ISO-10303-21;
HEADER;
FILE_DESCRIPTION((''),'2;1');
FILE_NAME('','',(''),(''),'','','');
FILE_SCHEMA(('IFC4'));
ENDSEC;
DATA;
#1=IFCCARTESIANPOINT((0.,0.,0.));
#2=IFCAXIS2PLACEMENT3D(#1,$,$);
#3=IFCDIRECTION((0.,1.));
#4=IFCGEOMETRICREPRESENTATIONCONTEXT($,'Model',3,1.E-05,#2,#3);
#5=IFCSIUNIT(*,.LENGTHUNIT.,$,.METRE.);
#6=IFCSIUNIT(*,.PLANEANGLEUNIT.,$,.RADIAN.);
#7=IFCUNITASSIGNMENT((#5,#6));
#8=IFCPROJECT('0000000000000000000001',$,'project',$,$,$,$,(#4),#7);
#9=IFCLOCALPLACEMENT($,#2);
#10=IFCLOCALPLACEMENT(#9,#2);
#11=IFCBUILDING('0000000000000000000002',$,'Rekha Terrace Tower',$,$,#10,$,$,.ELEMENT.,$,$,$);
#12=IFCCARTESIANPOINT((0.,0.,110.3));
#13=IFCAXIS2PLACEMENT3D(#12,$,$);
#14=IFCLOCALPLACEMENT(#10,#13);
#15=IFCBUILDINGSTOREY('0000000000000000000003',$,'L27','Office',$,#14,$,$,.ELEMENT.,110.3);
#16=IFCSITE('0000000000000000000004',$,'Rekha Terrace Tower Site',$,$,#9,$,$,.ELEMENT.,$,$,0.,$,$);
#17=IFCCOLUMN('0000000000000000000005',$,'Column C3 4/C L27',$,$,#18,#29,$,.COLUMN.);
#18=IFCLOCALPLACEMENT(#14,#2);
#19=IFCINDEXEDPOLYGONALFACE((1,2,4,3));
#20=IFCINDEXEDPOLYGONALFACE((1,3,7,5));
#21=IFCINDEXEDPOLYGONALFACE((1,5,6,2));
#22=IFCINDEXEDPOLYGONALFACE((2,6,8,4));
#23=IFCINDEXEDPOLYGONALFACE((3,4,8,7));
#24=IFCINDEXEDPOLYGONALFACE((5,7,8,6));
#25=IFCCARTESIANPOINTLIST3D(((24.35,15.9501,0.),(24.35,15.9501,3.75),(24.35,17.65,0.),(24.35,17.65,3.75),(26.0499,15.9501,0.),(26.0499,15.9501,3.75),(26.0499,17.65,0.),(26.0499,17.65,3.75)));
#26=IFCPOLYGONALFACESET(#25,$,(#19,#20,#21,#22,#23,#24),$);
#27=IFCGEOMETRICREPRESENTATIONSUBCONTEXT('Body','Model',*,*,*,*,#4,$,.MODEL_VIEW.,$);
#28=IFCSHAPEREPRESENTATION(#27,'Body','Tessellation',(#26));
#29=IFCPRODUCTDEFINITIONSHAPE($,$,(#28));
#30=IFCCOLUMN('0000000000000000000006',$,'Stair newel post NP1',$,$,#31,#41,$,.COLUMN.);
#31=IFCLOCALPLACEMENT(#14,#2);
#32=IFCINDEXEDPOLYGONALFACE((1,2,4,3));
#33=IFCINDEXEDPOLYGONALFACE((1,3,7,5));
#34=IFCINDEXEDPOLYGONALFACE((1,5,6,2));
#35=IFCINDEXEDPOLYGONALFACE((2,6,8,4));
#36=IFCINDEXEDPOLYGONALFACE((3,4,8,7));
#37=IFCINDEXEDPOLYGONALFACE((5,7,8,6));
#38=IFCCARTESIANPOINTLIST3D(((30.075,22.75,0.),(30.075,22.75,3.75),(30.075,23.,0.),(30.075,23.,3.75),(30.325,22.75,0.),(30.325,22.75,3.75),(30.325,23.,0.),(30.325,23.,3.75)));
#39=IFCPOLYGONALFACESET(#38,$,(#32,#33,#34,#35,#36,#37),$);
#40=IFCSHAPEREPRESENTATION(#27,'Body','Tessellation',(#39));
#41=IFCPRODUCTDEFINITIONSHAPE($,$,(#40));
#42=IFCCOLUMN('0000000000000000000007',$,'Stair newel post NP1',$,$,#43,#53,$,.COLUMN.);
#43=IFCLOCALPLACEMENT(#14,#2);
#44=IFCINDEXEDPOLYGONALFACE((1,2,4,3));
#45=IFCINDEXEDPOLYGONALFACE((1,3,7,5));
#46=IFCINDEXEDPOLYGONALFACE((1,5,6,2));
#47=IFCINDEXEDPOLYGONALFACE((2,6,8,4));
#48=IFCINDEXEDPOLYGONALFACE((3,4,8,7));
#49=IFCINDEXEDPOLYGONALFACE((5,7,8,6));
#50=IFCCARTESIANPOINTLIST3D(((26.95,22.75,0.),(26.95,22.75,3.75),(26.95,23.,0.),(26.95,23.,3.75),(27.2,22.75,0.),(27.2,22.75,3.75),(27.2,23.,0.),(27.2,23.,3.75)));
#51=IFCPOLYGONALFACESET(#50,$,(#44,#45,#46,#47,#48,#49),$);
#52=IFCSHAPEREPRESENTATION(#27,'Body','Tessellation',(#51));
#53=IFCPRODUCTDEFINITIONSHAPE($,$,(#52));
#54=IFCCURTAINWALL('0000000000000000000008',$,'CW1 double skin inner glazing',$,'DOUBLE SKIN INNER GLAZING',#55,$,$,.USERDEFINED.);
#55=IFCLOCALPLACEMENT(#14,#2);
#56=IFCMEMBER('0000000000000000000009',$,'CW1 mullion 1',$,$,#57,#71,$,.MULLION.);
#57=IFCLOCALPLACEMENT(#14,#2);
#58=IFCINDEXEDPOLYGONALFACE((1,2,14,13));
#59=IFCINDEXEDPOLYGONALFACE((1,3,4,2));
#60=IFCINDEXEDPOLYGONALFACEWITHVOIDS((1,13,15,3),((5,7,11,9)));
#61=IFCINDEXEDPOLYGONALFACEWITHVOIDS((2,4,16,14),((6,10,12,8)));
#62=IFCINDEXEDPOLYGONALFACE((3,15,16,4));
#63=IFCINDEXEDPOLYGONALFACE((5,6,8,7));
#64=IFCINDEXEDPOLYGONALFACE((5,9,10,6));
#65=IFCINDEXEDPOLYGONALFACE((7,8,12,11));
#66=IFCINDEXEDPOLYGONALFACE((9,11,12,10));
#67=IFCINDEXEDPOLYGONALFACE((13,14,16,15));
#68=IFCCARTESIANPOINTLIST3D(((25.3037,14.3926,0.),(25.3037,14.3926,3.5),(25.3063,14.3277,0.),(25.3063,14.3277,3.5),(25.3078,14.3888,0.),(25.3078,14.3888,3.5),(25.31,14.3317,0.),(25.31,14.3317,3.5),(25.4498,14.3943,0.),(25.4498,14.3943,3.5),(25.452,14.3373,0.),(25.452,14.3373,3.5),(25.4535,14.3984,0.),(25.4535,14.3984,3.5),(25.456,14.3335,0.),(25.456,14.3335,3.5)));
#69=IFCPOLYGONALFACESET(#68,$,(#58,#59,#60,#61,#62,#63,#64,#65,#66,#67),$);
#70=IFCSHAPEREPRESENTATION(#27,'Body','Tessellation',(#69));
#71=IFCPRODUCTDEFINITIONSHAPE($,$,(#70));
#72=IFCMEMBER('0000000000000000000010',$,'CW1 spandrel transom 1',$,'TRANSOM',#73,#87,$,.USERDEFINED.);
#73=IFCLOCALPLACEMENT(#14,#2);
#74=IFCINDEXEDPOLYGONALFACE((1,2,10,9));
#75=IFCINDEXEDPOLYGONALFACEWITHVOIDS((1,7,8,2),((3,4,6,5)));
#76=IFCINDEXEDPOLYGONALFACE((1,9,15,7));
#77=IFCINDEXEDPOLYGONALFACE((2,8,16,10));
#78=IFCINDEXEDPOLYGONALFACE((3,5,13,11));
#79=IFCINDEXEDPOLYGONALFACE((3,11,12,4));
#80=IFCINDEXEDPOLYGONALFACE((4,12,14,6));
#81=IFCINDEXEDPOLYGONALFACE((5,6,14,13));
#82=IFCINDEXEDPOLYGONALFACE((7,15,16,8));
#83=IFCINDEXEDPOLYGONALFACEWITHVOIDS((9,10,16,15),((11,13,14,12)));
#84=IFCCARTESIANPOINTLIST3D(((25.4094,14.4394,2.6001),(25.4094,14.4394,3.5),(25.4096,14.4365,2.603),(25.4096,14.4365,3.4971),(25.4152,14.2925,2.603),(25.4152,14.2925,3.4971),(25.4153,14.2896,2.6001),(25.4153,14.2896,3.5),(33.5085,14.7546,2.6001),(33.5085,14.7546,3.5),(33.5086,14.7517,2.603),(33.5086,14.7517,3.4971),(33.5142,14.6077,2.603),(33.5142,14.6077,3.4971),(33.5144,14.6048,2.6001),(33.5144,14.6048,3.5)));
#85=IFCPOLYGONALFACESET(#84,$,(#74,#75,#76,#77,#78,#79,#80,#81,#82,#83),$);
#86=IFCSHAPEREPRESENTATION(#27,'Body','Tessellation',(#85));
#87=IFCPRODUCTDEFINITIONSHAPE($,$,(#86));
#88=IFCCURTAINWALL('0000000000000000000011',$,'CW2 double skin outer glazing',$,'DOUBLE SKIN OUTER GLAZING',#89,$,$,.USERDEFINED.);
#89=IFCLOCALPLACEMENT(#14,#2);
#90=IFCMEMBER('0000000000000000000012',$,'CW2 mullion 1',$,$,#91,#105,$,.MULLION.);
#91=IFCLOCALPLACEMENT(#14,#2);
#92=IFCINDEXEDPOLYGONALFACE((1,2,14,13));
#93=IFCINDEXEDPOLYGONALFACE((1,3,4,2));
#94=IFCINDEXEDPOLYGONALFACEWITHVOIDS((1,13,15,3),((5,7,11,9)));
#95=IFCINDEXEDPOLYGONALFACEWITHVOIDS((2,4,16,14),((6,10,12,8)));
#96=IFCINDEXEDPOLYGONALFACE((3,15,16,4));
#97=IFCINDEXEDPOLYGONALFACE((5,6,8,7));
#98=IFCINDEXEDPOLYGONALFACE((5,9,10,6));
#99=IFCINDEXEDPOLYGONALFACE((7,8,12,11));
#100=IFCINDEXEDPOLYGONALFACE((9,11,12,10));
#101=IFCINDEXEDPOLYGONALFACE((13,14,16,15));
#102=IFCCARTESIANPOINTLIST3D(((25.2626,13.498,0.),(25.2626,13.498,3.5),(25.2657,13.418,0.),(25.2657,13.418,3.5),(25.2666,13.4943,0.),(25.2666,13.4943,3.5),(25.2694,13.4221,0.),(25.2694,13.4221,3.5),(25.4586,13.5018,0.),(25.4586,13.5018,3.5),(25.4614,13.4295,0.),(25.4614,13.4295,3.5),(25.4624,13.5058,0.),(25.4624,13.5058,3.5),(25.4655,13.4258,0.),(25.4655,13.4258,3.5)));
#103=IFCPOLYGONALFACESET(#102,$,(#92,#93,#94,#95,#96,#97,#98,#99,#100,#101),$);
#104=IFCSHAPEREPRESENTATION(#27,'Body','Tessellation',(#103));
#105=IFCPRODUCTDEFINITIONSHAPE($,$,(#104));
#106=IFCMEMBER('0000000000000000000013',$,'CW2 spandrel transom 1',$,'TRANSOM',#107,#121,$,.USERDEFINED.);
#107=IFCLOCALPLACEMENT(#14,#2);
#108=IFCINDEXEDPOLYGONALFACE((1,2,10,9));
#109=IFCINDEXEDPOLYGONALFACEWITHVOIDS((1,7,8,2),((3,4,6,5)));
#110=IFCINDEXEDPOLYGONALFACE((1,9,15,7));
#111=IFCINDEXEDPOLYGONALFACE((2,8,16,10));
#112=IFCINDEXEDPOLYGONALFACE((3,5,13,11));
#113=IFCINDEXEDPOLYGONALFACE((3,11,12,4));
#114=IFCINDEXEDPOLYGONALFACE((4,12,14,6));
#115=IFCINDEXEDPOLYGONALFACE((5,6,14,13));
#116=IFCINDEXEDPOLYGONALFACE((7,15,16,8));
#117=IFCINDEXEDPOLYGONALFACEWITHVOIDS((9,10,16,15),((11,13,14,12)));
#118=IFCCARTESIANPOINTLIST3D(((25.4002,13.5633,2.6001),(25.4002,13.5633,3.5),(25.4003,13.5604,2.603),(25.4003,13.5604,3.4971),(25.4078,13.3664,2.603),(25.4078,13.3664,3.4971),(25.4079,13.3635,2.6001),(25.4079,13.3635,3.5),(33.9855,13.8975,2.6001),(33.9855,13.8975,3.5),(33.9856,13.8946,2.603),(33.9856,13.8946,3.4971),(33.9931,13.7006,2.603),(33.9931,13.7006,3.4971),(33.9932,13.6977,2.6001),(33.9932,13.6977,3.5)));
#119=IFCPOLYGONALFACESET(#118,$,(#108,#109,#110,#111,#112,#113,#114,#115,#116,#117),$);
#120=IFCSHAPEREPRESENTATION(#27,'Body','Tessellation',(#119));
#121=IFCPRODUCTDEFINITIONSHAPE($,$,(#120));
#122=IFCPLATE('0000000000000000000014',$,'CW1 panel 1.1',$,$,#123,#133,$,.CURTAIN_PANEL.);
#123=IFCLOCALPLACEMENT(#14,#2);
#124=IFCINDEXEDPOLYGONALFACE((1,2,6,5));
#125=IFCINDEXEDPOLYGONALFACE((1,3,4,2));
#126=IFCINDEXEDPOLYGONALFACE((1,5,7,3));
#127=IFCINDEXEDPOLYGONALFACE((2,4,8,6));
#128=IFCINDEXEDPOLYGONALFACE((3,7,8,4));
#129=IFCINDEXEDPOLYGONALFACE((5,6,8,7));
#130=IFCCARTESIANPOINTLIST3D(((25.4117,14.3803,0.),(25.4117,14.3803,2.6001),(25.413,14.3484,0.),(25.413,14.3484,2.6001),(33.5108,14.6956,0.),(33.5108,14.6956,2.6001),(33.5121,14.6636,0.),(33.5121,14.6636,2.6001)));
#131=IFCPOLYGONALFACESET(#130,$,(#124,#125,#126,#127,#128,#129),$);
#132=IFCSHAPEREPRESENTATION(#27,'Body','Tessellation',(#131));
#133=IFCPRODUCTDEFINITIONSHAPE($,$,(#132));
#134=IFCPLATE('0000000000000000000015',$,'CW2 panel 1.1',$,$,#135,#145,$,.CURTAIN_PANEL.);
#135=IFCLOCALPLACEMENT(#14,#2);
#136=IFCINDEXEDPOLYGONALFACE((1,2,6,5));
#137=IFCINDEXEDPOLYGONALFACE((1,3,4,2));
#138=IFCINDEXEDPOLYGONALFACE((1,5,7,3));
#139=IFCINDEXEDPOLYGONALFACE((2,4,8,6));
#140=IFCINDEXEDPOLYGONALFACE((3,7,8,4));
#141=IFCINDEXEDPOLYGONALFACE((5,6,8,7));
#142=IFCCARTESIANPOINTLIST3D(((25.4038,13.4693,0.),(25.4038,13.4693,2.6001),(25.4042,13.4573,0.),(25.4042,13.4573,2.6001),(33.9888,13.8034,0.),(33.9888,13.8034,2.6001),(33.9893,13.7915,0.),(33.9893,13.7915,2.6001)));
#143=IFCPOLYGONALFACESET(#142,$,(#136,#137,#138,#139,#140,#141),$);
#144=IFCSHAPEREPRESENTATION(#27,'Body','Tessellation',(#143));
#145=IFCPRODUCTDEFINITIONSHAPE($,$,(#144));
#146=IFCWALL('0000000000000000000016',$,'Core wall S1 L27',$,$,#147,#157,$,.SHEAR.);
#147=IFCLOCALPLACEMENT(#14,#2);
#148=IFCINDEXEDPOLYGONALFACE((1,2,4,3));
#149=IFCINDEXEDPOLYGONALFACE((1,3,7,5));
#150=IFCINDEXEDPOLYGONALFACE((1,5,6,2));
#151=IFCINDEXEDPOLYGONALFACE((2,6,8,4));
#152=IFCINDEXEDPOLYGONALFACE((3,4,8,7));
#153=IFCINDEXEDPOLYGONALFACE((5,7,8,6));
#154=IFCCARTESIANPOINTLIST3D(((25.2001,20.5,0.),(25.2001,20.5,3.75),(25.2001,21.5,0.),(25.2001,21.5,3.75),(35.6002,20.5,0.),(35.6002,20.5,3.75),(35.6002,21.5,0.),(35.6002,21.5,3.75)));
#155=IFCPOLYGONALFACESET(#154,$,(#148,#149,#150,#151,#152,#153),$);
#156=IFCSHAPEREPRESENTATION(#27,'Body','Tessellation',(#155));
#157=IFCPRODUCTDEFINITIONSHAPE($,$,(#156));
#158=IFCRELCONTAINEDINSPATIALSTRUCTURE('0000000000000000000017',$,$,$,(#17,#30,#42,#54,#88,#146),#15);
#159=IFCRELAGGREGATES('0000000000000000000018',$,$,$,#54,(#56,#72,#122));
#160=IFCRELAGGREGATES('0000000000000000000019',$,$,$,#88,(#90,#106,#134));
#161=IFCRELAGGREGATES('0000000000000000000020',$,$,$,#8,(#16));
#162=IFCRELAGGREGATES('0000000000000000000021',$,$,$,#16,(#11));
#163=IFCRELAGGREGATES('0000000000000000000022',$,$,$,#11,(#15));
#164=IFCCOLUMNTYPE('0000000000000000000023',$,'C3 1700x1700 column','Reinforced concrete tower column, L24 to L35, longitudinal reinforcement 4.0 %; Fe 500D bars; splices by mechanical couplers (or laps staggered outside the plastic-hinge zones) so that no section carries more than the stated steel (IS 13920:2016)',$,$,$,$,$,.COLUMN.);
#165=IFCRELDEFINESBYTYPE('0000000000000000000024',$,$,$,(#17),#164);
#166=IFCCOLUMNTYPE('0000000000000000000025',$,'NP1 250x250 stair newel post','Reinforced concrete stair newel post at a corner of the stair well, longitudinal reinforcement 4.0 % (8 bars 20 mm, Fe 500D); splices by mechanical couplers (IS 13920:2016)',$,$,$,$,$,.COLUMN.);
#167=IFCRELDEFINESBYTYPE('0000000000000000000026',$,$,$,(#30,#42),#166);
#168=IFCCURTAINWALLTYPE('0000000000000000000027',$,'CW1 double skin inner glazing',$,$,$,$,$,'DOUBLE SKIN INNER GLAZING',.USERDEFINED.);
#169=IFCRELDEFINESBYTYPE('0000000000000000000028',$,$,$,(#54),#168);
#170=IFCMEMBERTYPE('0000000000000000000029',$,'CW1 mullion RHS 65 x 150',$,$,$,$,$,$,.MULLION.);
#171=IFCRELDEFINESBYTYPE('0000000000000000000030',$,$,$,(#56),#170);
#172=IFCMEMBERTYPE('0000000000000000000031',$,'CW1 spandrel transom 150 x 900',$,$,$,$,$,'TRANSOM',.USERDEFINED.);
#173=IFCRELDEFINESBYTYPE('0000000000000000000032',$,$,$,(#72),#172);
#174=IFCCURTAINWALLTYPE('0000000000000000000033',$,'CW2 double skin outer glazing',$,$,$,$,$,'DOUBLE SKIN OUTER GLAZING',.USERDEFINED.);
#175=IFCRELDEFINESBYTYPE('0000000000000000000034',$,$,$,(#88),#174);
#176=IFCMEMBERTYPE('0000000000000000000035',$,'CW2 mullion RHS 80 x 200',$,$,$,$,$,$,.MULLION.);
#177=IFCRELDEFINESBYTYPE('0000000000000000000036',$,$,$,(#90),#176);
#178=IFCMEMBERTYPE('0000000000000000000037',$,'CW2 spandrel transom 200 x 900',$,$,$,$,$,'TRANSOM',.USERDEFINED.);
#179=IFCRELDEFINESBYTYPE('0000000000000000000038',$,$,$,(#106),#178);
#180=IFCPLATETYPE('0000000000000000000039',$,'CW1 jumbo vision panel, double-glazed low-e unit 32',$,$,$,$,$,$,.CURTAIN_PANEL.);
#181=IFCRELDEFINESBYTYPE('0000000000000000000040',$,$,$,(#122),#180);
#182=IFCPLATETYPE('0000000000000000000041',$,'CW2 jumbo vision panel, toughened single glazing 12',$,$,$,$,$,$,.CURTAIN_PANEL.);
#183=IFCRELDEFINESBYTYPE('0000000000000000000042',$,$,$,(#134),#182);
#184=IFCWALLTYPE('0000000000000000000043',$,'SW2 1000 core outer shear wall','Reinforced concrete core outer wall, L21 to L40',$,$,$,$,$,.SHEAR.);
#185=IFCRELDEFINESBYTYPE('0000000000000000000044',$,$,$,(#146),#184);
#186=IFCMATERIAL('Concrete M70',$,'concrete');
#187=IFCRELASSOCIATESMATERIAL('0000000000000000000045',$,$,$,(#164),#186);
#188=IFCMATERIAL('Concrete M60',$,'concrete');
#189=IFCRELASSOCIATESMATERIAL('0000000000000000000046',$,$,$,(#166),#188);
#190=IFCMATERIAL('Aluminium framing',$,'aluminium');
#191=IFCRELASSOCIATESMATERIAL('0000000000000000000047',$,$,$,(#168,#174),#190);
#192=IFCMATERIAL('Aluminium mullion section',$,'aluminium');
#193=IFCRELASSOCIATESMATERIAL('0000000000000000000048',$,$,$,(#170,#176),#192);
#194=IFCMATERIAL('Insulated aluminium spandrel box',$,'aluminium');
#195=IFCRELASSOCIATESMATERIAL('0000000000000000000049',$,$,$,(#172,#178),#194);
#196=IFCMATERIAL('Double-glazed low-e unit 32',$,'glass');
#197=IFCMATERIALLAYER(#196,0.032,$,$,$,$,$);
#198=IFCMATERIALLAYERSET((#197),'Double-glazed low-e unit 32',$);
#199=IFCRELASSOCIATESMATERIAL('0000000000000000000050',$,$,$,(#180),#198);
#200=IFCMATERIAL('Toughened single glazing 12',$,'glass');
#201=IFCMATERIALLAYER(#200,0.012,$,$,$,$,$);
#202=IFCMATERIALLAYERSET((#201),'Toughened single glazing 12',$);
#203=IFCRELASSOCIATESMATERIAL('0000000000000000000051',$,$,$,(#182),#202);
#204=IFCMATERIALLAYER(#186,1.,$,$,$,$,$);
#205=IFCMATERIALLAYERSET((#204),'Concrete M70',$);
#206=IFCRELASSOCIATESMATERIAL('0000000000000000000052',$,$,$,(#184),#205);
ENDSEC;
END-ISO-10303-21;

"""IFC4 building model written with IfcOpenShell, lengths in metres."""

from ifc_helpers import new_model, si_unit, direction, frame, frame_2d, origin, origin_2d, place, context, subcontext, project, spatial, rectangle, hollow_rectangle, extrude, material, layer, layer_set, material_profile, profile_set, type_object, element, aggregate, save


model = new_model("IFC4")

# Units and contexts
model_context = context("Model", 3, precision=1e-05, world=origin(), true_north=direction((0.0, 1.0)))
body_context = subcontext(model_context, "Body", "Model", "MODEL_VIEW")
ifc_project = project(units=[si_unit("LENGTHUNIT", "METRE"), si_unit("PLANEANGLEUNIT", "RADIAN")], contexts=[model_context])

# Site, building, storey
site_placement = place(None, origin())
site = spatial("IfcSite", under=ifc_project, at=site_placement, Name="Rekha Terrace Tower Site", CompositionType="ELEMENT", RefElevation=0.0)
building_placement = place(site_placement, origin())
building = spatial("IfcBuilding", under=site, at=building_placement, Name="Rekha Terrace Tower", CompositionType="ELEMENT")
storey_placement = place(building_placement, frame((0.0, 0.0, 110.3)))
storey = spatial("IfcBuildingStorey", under=building, at=storey_placement, Name="L27", Description="Office", CompositionType="ELEMENT", Elevation=110.3)

# Columns
ifc_material_1 = material(Name="Concrete M70", Category="concrete")
ifc_material_profile_1 = material_profile(ifc_material_1, rectangle(XDim=1.7, YDim=1.7, at=origin_2d()), Name="RC 1700x1700")
ifc_profile_set_1 = profile_set([ifc_material_profile_1], Name="Concrete M70")
column_type_1 = type_object("IfcColumnType", Name="C3 1700x1700 column", Description="Reinforced concrete tower column, L24 to L35, longitudinal reinforcement 4.0 %; Fe 500D bars; splices by mechanical couplers (or laps staggered outside the plastic-hinge zones) so that no section carries more than the stated steel (IS 13920:2016)", PredefinedType="COLUMN", material=ifc_profile_set_1)
column_placement = place(storey_placement, frame((25.2, 16.8, 0.0), z_axis=(0.0, 0.0, 1.0), x_axis=(1.0, 0.0, 0.0)))
element("IfcColumn", 1, at=column_placement, inside=storey, type_object=column_type_1, Name="Column C3 4/C L27", PredefinedType="COLUMN", context=body_context, shape_type="SweptSolid", body=[
    extrude(rectangle(XDim=1.7, YDim=1.7, at=origin_2d()), origin(), (0.0, 0.0, 1.0), 3.75),
])
ifc_material_2 = material(Name="Concrete M60", Category="concrete")
ifc_material_profile_2 = material_profile(ifc_material_2, rectangle(XDim=0.25, YDim=0.25, at=origin_2d()), Name="RC 250x250")
ifc_profile_set_2 = profile_set([ifc_material_profile_2], Name="Concrete M60")
column_type_2 = type_object("IfcColumnType", Name="NP1 250x250 stair newel post", Description="Reinforced concrete stair newel post at a corner of the stair well, longitudinal reinforcement 4.0 % (8 bars 20 mm, Fe 500D); splices by mechanical couplers (IS 13920:2016)", PredefinedType="COLUMN", material=ifc_profile_set_2)
for number, where, z_axis, x_axis, name in (
    (2, (30.2, 22.875, 0.0), (0.0, 0.0, 1.0), (1.0, 0.0, 0.0), "Stair newel post NP1"),
    (3, (27.075, 22.875, 0.0), (0.0, 0.0, 1.0), (1.0, 0.0, 0.0), "Stair newel post NP1"),
):
    element("IfcColumn", number, at=place(storey_placement, frame(where, z_axis=z_axis, x_axis=x_axis)), inside=storey, type_object=column_type_2, Name=name, PredefinedType="COLUMN", context=body_context, shape_type="SweptSolid", body=[
        extrude(rectangle(XDim=0.25, YDim=0.25, at=origin_2d()), origin(), (0.0, 0.0, 1.0), 3.75),
    ])

# Curtain walls, members
ifc_material_3 = material(Name="Aluminium framing", Category="aluminium")
curtain_wall_type_1 = type_object("IfcCurtainWallType", Name="CW1 double skin inner glazing", ElementType="DOUBLE SKIN INNER GLAZING", PredefinedType="USERDEFINED", material=ifc_material_3)
curtain_wall_1_placement = place(storey_placement, origin())
curtain_wall_1 = element("IfcCurtainWall", 4, at=curtain_wall_1_placement, inside=storey, type_object=curtain_wall_type_1, Name="CW1 double skin inner glazing", ObjectType="DOUBLE SKIN INNER GLAZING", PredefinedType="USERDEFINED")
ifc_material_4 = material(Name="Aluminium mullion section", Category="aluminium")
ifc_material_profile_3 = material_profile(ifc_material_4, hollow_rectangle(XDim=0.0649, YDim=0.1499, WallThickness=0.0039, at=origin_2d()), Name="AL RHS 65x150")
ifc_profile_set_3 = profile_set([ifc_material_profile_3], Name="Aluminium mullion section")
member_type_1 = type_object("IfcMemberType", Name="CW1 mullion RHS 65 x 150", PredefinedType="MULLION", material=ifc_profile_set_3)
member_1_placement = place(storey_placement, frame((25.3799, 14.363, 0.0), z_axis=(0.0, 0.0, 1.0), x_axis=(-0.03889, 0.999243, 0.0)))
member_1 = element("IfcMember", 5, at=member_1_placement, type_object=member_type_1, Name="CW1 mullion 1", PredefinedType="MULLION", context=body_context, shape_type="SweptSolid", body=[
    extrude(hollow_rectangle(XDim=0.0649, YDim=0.1499, WallThickness=0.0039, at=origin_2d()), origin(), (0.0, 0.0, 1.0), 3.5),
])
ifc_material_5 = material(Name="Insulated aluminium spandrel box", Category="aluminium")
ifc_material_profile_4 = material_profile(ifc_material_5, hollow_rectangle(XDim=0.1499, YDim=0.8999, WallThickness=0.0029, at=origin_2d()), Name="AL SPANDREL BOX 150x900")
ifc_profile_set_4 = profile_set([ifc_material_profile_4], Name="Insulated aluminium spandrel box")
member_type_2 = type_object("IfcMemberType", Name="CW1 spandrel transom 150 x 900", ElementType="TRANSOM", PredefinedType="USERDEFINED", material=ifc_profile_set_4)
member_2_placement = place(storey_placement, frame((25.4124, 14.3645, 3.05), z_axis=(0.999244, 0.038887, 0.0), x_axis=(-0.038887, 0.999244, 0.0)))
member_2 = element("IfcMember", 6, at=member_2_placement, type_object=member_type_2, Name="CW1 spandrel transom 1", ObjectType="TRANSOM", PredefinedType="USERDEFINED", context=body_context, shape_type="SweptSolid", body=[
    extrude(hollow_rectangle(XDim=0.1499, YDim=0.8999, WallThickness=0.0029, at=origin_2d()), origin(), (0.0, 0.0, 1.0), 8.1052),
])
curtain_wall_type_2 = type_object("IfcCurtainWallType", Name="CW2 double skin outer glazing", ElementType="DOUBLE SKIN OUTER GLAZING", PredefinedType="USERDEFINED", material=ifc_material_3)
curtain_wall_2_placement = place(storey_placement, origin())
curtain_wall_2 = element("IfcCurtainWall", 7, at=curtain_wall_2_placement, inside=storey, type_object=curtain_wall_type_2, Name="CW2 double skin outer glazing", ObjectType="DOUBLE SKIN OUTER GLAZING", PredefinedType="USERDEFINED")
ifc_material_profile_5 = material_profile(ifc_material_4, hollow_rectangle(XDim=0.0801, YDim=0.2, WallThickness=0.0039, at=origin_2d()), Name="AL RHS 80x200")
ifc_profile_set_5 = profile_set([ifc_material_profile_5], Name="Aluminium mullion section")
member_type_3 = type_object("IfcMemberType", Name="CW2 mullion RHS 80 x 200", PredefinedType="MULLION", material=ifc_profile_set_5)
member_3_placement = place(storey_placement, frame((25.364, 13.4619, 0.0), z_axis=(0.0, 0.0, 1.0), x_axis=(-0.03889, 0.999243, 0.0)))
member_3 = element("IfcMember", 8, at=member_3_placement, type_object=member_type_3, Name="CW2 mullion 1", PredefinedType="MULLION", context=body_context, shape_type="SweptSolid", body=[
    extrude(hollow_rectangle(XDim=0.0801, YDim=0.2, WallThickness=0.0039, at=origin_2d()), origin(), (0.0, 0.0, 1.0), 3.5),
])
ifc_material_profile_6 = material_profile(ifc_material_5, hollow_rectangle(XDim=0.2, YDim=0.8999, WallThickness=0.0029, at=origin_2d()), Name="AL SPANDREL BOX 200x900")
ifc_profile_set_6 = profile_set([ifc_material_profile_6], Name="Insulated aluminium spandrel box")
member_type_4 = type_object("IfcMemberType", Name="CW2 spandrel transom 200 x 900", ElementType="TRANSOM", PredefinedType="USERDEFINED", material=ifc_profile_set_6)
member_4_placement = place(storey_placement, frame((25.4041, 13.4634, 3.05), z_axis=(0.999243, 0.038901, 0.0), x_axis=(-0.038901, 0.999243, 0.0)))
member_4 = element("IfcMember", 9, at=member_4_placement, type_object=member_type_4, Name="CW2 spandrel transom 1", ObjectType="TRANSOM", PredefinedType="USERDEFINED", context=body_context, shape_type="SweptSolid", body=[
    extrude(hollow_rectangle(XDim=0.2, YDim=0.8999, WallThickness=0.0029, at=origin_2d()), origin(), (0.0, 0.0, 1.0), 8.5918),
])

# Plates
ifc_material_6 = material(Name="Double-glazed low-e unit 32", Category="glass")
ifc_layer_1 = layer(ifc_material_6, 0.032)
ifc_layer_set_1 = layer_set([ifc_layer_1], Name="Double-glazed low-e unit 32")
plate_type_1 = type_object("IfcPlateType", Name="CW1 jumbo vision panel, double-glazed low-e unit 32", PredefinedType="CURTAIN_PANEL", material=ifc_layer_set_1)
plate_1_placement = place(storey_placement, frame((29.4619, 14.522, 0.0), z_axis=(0.0, 0.0, 1.0), x_axis=(0.999243, 0.03889, 0.0)))
plate_1 = element("IfcPlate", 10, at=plate_1_placement, type_object=plate_type_1, Name="CW1 panel 1.1", PredefinedType="CURTAIN_PANEL", context=body_context, shape_type="SweptSolid", body=[
    extrude(rectangle(XDim=8.1052, YDim=0.032, at=origin_2d()), origin(), (0.0, 0.0, 1.0), 2.6001),
])
aggregate(curtain_wall_1, [member_1, member_2, plate_1])
ifc_material_7 = material(Name="Toughened single glazing 12", Category="glass")
ifc_layer_2 = layer(ifc_material_7, 0.012)
ifc_layer_set_2 = layer_set([ifc_layer_2], Name="Toughened single glazing 12")
plate_type_2 = type_object("IfcPlateType", Name="CW2 jumbo vision panel, toughened single glazing 12", PredefinedType="CURTAIN_PANEL", material=ifc_layer_set_2)
plate_2_placement = place(storey_placement, frame((29.6965, 13.6304, 0.0), z_axis=(0.0, 0.0, 1.0), x_axis=(0.999243, 0.03889, 0.0)))
plate_2 = element("IfcPlate", 11, at=plate_2_placement, type_object=plate_type_2, Name="CW2 panel 1.1", PredefinedType="CURTAIN_PANEL", context=body_context, shape_type="SweptSolid", body=[
    extrude(rectangle(XDim=8.5916, YDim=0.012, at=origin_2d()), origin(), (0.0, 0.0, 1.0), 2.6001),
])
aggregate(curtain_wall_2, [member_3, member_4, plate_2])

# Wall
ifc_layer_3 = layer(ifc_material_1, 1.0)
ifc_layer_set_3 = layer_set([ifc_layer_3], Name="Concrete M70")
wall_type_1 = type_object("IfcWallType", Name="SW2 1000 core outer shear wall", Description="Reinforced concrete core outer wall, L21 to L40", PredefinedType="SHEAR", material=ifc_layer_set_3)
wall_1_placement = place(storey_placement, frame((25.2, 21.0, 0.0), z_axis=(0.0, 0.0, 1.0), x_axis=(1.0, 0.0, 0.0)))
element("IfcWall", 12, at=wall_1_placement, inside=storey, type_object=wall_type_1, Name="Core wall S1 L27", PredefinedType="SHEAR", context=body_context, shape_type="SweptSolid", body=[
    extrude(rectangle(XDim=10.4001, YDim=1.0, at=frame_2d((5.2002, 0.0))), origin(), (0.0, 0.0, 1.0), 3.75),
])

save(model, "model.ifc")
